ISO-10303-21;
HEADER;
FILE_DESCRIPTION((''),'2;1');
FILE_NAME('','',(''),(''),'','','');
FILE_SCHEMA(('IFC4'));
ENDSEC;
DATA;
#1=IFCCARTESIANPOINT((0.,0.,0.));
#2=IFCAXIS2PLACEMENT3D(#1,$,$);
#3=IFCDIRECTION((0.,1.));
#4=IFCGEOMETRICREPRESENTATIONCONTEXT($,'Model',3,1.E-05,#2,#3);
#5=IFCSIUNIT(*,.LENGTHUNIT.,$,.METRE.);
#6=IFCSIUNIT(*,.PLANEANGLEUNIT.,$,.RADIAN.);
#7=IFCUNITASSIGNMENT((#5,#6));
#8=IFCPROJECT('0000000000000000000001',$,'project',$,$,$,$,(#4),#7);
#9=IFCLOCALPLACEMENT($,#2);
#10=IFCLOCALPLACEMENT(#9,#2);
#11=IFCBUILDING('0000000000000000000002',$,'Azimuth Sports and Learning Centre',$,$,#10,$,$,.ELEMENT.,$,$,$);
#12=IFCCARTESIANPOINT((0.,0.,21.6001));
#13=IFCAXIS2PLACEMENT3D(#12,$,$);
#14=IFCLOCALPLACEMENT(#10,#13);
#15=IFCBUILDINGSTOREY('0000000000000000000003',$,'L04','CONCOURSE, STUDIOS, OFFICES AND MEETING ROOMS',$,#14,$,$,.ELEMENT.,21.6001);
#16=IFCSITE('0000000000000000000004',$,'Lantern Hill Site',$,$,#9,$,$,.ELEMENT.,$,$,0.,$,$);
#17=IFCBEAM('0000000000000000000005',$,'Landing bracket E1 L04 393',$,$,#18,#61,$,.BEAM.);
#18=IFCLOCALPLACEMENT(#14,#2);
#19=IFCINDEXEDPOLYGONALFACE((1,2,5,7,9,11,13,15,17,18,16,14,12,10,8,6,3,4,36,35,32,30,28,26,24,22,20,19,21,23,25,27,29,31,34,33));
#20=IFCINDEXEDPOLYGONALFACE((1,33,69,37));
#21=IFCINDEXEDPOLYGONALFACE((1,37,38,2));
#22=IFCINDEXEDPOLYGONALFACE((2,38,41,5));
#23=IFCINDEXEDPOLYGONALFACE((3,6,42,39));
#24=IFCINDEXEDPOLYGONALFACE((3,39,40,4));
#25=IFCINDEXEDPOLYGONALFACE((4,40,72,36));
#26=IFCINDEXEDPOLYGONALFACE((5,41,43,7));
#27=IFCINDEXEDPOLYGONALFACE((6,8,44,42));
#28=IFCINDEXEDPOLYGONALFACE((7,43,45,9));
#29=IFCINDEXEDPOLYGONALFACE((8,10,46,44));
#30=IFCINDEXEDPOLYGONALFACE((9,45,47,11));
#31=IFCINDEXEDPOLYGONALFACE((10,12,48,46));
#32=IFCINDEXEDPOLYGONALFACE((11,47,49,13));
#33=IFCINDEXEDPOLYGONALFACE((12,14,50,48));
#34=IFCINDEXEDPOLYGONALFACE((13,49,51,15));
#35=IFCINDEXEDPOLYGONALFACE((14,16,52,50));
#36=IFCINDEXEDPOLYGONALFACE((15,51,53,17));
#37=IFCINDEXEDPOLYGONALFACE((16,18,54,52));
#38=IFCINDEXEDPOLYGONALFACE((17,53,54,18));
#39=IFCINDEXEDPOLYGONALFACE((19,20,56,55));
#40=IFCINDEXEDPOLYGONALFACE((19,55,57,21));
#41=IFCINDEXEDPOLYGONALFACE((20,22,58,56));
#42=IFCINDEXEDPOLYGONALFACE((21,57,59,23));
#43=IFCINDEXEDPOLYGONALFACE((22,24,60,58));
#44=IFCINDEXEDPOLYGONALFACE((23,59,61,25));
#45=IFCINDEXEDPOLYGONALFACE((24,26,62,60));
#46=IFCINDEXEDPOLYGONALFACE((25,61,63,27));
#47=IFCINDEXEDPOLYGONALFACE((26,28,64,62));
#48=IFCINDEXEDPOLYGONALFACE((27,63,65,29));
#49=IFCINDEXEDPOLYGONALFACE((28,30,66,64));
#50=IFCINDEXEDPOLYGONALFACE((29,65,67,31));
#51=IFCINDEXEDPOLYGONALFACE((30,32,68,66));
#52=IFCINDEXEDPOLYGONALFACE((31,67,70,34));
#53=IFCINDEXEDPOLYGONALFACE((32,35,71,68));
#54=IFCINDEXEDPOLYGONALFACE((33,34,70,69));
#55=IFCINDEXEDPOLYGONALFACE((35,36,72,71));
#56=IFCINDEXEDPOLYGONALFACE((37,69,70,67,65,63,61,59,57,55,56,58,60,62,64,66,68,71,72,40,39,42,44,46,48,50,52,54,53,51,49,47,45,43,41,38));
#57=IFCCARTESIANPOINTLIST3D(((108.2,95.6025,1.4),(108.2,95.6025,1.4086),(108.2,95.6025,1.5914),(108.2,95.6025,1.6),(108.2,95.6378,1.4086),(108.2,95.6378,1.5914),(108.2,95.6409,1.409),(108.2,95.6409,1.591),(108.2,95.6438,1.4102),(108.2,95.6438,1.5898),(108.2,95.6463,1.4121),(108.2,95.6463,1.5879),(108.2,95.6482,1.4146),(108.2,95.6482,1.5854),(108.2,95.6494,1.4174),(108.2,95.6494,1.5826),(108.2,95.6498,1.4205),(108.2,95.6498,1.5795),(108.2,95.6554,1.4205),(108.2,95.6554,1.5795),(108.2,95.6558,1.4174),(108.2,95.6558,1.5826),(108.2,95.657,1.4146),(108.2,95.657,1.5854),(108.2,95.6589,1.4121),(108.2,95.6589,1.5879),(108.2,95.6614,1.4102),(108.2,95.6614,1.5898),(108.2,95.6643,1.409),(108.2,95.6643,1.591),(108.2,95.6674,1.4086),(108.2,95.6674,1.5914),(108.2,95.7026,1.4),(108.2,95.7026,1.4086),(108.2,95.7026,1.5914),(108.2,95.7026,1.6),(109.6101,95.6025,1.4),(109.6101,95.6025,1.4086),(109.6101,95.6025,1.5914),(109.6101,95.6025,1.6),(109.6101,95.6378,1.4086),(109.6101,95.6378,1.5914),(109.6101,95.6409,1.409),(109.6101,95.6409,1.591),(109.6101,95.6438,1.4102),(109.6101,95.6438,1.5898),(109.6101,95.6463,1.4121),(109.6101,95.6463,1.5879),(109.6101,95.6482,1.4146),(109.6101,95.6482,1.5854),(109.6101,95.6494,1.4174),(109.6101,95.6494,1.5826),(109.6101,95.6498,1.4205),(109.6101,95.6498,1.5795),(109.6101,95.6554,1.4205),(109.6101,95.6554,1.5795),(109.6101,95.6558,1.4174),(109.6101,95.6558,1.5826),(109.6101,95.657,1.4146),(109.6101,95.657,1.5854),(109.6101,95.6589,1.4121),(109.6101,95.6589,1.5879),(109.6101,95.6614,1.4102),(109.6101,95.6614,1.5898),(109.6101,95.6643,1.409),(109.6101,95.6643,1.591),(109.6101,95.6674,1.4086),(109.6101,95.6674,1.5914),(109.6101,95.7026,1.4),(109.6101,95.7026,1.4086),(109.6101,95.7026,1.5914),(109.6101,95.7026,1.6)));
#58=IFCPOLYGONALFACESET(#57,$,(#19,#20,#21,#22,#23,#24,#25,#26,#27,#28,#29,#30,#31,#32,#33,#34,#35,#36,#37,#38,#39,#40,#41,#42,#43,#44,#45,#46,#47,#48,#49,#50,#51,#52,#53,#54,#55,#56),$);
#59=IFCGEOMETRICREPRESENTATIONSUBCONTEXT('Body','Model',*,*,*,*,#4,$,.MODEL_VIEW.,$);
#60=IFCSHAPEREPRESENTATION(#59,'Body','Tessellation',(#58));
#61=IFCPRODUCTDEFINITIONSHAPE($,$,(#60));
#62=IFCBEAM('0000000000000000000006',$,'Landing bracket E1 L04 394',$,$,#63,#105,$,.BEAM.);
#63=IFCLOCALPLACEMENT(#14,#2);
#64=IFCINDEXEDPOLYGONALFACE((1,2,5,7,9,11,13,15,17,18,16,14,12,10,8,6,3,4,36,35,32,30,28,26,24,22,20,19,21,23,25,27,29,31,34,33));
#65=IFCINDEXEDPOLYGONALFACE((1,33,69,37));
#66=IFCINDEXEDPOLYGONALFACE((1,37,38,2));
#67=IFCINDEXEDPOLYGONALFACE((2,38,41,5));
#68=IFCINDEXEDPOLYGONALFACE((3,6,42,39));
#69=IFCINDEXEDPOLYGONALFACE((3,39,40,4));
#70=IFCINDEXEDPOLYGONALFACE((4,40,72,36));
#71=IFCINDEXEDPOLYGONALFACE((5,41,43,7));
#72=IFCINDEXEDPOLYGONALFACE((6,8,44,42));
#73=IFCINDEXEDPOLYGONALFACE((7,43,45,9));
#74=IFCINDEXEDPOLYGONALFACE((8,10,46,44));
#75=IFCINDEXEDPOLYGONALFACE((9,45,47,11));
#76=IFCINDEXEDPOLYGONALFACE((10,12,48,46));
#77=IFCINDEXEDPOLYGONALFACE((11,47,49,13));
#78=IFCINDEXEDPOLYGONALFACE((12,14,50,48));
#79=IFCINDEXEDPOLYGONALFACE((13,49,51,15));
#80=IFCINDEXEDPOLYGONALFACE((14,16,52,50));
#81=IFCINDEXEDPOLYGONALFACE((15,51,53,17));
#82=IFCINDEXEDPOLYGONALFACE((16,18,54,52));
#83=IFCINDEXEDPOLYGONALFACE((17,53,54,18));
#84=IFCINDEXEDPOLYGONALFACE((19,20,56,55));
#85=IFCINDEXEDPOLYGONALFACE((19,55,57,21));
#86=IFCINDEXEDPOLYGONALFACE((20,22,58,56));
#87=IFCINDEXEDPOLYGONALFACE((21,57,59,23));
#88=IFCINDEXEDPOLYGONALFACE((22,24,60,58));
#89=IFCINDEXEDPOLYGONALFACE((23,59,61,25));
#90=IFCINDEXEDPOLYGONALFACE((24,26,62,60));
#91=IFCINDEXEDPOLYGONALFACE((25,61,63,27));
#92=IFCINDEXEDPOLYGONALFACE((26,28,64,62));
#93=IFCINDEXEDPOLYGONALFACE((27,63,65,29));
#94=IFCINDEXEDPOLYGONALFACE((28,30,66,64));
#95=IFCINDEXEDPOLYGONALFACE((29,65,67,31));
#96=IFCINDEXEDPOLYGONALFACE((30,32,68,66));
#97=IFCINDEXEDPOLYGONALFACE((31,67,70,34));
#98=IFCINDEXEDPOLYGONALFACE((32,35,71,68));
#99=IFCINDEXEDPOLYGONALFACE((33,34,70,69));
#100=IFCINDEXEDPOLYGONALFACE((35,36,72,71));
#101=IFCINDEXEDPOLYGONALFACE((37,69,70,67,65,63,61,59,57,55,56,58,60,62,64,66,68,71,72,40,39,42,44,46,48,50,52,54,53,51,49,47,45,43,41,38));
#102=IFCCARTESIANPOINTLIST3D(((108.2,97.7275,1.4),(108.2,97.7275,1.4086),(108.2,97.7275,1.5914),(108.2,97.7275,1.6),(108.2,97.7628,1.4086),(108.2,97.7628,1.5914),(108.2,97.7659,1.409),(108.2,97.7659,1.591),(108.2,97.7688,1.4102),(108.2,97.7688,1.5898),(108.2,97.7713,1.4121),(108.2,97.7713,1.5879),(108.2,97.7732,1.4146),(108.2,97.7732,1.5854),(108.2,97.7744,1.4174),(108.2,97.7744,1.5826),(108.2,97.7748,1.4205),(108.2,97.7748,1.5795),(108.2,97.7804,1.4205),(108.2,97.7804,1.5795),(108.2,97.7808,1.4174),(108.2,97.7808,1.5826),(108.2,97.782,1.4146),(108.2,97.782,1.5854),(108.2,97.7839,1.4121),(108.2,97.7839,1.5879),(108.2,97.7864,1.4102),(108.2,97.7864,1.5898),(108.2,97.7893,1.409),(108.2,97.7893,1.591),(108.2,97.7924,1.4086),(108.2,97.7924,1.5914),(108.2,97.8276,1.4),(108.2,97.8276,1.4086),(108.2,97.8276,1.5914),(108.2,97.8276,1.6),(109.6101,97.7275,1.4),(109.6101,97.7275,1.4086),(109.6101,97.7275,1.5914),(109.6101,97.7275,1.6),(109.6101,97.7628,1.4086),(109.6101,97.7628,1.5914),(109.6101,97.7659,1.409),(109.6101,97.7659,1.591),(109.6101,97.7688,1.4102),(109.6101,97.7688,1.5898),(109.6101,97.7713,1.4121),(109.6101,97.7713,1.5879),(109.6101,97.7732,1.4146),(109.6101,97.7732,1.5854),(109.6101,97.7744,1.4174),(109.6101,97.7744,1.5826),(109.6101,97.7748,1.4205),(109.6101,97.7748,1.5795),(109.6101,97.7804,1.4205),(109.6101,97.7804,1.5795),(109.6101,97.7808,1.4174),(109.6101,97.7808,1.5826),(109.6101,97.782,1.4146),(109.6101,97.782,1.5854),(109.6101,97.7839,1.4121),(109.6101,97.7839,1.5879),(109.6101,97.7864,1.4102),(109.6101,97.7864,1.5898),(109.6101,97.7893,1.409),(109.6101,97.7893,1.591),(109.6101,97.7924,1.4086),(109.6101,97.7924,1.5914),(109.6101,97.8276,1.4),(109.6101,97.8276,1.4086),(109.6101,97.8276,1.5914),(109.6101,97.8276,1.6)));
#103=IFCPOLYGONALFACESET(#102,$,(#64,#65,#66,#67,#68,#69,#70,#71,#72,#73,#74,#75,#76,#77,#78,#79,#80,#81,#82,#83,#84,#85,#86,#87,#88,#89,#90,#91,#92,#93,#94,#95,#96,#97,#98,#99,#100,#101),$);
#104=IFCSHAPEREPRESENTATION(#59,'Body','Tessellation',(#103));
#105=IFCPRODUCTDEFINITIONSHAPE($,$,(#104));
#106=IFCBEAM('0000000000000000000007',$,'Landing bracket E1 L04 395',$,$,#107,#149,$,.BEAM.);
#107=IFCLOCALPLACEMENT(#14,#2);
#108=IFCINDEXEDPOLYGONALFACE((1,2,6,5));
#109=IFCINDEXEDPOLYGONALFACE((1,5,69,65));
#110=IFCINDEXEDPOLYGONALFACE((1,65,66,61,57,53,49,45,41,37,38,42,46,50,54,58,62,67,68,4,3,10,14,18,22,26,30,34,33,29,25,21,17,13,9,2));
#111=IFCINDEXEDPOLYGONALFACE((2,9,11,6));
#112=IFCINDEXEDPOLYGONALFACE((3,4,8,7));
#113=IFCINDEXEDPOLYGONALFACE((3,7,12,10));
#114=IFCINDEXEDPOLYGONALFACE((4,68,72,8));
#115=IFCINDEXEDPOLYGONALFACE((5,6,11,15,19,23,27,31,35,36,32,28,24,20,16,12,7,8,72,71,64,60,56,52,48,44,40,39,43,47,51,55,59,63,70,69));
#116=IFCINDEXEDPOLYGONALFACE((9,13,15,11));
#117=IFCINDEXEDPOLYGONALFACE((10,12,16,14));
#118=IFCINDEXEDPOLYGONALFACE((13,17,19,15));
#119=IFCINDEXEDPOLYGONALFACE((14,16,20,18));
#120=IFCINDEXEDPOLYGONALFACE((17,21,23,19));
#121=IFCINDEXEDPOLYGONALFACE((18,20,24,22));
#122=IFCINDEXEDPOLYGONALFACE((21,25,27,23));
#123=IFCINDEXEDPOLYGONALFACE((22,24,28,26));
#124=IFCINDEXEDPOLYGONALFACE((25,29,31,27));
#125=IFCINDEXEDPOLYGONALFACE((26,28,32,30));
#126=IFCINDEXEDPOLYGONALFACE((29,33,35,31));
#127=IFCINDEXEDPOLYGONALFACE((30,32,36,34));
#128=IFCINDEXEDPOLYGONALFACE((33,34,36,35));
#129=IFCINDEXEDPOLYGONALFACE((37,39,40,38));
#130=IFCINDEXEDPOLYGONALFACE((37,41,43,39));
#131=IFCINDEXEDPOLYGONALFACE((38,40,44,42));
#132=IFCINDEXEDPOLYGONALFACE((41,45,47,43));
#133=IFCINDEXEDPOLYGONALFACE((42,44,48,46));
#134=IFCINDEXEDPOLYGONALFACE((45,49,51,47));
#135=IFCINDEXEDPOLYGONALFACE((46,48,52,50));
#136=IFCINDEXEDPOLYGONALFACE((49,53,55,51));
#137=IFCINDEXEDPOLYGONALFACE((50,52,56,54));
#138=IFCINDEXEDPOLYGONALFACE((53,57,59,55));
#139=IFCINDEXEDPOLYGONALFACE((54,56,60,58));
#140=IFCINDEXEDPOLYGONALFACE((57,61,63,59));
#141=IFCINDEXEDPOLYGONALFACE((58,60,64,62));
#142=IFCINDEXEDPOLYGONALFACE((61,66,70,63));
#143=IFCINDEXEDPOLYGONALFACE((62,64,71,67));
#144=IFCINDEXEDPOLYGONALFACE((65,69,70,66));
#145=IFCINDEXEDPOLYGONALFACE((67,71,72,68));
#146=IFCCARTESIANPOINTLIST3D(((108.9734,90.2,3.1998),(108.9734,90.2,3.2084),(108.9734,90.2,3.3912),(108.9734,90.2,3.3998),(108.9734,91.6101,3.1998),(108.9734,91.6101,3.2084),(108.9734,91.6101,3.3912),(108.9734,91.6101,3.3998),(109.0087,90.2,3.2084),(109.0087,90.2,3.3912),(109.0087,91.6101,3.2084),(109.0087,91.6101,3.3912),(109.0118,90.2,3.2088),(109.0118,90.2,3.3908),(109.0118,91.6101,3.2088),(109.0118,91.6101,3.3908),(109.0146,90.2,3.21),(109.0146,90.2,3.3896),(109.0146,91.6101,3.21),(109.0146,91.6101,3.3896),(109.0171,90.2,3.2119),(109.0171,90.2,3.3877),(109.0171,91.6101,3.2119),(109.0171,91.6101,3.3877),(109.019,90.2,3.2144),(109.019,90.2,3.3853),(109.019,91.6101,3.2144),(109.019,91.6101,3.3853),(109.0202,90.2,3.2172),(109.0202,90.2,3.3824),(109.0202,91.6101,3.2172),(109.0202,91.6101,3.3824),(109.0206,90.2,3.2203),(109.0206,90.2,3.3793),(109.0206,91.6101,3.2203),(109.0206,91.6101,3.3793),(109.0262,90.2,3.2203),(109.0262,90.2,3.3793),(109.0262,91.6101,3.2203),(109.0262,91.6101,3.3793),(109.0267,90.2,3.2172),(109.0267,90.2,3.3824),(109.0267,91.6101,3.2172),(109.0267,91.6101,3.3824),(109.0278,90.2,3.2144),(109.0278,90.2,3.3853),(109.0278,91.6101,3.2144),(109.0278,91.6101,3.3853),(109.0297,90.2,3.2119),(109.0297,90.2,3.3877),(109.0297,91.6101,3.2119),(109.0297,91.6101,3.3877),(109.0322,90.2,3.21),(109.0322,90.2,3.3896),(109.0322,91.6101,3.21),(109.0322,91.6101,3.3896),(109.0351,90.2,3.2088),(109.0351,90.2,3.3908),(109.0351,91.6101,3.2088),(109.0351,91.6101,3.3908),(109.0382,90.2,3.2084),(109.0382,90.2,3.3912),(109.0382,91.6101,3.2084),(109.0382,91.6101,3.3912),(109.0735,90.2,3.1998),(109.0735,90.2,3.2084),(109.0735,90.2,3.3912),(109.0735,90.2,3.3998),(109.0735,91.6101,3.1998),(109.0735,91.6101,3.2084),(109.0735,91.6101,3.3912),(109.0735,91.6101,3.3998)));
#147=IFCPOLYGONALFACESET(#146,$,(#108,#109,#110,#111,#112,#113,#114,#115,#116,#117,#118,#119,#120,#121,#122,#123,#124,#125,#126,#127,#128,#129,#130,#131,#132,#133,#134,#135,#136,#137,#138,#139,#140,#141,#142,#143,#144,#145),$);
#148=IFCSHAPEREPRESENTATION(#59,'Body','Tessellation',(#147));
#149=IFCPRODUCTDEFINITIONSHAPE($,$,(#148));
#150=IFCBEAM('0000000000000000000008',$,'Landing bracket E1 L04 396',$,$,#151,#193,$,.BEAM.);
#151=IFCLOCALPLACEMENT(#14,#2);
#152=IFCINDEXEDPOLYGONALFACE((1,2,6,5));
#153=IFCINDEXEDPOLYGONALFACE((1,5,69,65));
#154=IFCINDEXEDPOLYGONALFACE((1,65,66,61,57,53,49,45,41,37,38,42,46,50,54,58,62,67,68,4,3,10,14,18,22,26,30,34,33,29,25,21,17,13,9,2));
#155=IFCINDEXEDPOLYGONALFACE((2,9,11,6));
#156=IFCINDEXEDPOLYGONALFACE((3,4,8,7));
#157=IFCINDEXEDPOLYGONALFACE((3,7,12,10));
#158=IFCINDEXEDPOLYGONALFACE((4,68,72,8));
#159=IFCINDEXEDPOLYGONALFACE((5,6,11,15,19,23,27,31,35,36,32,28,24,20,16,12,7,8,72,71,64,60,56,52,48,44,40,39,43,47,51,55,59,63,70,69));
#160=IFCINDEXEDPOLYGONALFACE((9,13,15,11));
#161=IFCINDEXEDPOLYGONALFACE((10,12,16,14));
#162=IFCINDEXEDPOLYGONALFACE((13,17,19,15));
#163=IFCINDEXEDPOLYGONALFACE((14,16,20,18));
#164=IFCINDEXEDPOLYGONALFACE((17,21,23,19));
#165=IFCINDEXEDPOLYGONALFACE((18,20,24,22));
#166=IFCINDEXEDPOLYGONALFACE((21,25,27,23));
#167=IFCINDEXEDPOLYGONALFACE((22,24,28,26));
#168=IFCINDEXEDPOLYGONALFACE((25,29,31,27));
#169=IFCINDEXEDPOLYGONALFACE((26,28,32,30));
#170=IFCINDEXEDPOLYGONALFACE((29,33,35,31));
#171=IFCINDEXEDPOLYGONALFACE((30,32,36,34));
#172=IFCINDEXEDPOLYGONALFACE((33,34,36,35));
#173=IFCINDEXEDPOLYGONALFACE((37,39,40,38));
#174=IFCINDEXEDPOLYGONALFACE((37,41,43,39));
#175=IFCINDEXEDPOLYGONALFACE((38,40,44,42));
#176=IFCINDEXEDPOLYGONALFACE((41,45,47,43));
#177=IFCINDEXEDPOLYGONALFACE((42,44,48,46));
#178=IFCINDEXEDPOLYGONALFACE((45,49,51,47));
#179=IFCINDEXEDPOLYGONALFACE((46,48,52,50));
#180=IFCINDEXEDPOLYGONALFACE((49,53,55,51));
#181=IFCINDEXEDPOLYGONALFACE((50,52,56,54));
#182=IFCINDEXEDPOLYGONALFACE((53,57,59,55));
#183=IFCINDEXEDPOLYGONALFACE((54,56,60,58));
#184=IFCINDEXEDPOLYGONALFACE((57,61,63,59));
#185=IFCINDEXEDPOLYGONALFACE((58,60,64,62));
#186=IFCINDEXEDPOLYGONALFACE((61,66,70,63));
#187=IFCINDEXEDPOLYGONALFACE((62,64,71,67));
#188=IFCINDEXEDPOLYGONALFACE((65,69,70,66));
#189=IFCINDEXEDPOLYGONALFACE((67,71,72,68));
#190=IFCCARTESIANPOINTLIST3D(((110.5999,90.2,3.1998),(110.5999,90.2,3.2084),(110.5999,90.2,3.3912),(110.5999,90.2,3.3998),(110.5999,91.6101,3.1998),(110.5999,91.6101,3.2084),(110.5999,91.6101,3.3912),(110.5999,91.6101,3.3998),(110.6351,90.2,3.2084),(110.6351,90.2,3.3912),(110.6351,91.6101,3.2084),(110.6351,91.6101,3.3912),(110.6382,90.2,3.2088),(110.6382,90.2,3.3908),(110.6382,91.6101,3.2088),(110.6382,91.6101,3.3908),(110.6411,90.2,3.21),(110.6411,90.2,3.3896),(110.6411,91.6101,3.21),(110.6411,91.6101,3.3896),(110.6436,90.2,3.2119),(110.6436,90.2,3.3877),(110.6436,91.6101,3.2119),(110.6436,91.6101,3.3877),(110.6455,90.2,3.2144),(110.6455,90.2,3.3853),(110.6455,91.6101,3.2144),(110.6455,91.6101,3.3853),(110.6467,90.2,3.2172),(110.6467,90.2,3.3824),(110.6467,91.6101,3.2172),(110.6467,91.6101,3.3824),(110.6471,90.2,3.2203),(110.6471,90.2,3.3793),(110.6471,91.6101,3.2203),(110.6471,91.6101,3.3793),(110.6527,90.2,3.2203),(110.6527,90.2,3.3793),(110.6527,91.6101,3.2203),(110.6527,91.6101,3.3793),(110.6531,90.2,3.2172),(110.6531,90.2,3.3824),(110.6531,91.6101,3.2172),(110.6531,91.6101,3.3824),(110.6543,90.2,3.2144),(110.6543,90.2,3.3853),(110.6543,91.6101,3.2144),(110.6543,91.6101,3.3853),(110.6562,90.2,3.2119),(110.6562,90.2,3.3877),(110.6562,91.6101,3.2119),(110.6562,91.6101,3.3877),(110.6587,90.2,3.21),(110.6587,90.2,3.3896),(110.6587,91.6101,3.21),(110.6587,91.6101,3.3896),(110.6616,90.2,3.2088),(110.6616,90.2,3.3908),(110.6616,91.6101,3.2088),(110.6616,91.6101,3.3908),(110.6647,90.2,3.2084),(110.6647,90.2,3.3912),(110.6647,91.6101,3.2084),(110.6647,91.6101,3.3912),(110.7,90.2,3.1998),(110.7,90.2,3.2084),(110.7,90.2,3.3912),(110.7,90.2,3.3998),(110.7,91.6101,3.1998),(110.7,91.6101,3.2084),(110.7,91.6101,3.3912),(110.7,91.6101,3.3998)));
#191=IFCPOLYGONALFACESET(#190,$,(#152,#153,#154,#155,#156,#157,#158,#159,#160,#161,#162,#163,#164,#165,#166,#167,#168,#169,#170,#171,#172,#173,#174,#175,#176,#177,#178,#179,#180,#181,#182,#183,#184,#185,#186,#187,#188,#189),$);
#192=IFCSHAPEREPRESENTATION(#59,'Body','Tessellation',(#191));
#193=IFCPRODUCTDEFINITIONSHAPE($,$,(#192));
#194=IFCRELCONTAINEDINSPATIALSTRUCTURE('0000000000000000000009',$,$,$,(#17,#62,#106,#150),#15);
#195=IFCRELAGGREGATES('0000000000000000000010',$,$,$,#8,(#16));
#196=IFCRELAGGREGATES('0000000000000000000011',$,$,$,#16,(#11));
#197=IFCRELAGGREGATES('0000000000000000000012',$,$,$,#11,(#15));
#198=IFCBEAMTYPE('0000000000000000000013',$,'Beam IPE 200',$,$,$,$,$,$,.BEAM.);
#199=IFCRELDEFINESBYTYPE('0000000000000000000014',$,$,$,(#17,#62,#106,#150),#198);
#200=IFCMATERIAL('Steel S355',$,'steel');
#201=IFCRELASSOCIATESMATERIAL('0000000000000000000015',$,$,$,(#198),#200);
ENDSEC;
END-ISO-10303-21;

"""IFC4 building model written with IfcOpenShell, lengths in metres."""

from ifc_helpers import new_model, si_unit, direction, frame, origin, origin_2d, place, context, subcontext, project, spatial, i_section, extrude, material, material_profile, profile_set, type_object, element, save


model = new_model("IFC4")

# Units and contexts
model_context = context("Model", 3, precision=1e-05, world=origin(), true_north=direction((0.0, 1.0)))
body_context = subcontext(model_context, "Body", "Model", "MODEL_VIEW")
ifc_project = project(units=[si_unit("LENGTHUNIT", "METRE"), si_unit("PLANEANGLEUNIT", "RADIAN")], contexts=[model_context])

# Site, building, storey
site_placement = place(None, origin())
site = spatial("IfcSite", under=ifc_project, at=site_placement, Name="Lantern Hill Site", CompositionType="ELEMENT", RefElevation=0.0)
building_placement = place(site_placement, origin())
building = spatial("IfcBuilding", under=site, at=building_placement, Name="Azimuth Sports and Learning Centre", CompositionType="ELEMENT")
storey_placement = place(building_placement, frame((0.0, 0.0, 21.6001)))
storey = spatial("IfcBuildingStorey", under=building, at=storey_placement, Name="L04", Description="CONCOURSE, STUDIOS, OFFICES AND MEETING ROOMS", CompositionType="ELEMENT", Elevation=21.6001)

# Beams
ifc_material_1 = material(Name="Steel S355", Category="steel")
ifc_material_profile = material_profile(ifc_material_1, i_section(OverallWidth=0.1001, OverallDepth=0.2, WebThickness=0.0056, FlangeThickness=0.0085, FilletRadius=0.012, at=origin_2d()), Name="IPE 200")
ifc_profile_set = profile_set([ifc_material_profile], Name="Steel S355")
beam_type = type_object("IfcBeamType", Name="Beam IPE 200", PredefinedType="BEAM", material=ifc_profile_set)
for number, where, z_axis, x_axis, name in (
    (1, (108.2, 95.6526, 1.5), (1.0, 0.0, 0.0), (0.0, 1.0, 0.0), "Landing bracket E1 L04 393"),
    (2, (108.2, 97.7776, 1.5), (1.0, 0.0, 0.0), (0.0, 1.0, 0.0), "Landing bracket E1 L04 394"),
    (3, (109.0234, 90.2, 3.2998), (0.0, 1.0, 0.0), (-1.0, 0.0, 0.0), "Landing bracket E1 L04 395"),
    (4, (110.6499, 90.2, 3.2998), (0.0, 1.0, 0.0), (-1.0, 0.0, 0.0), "Landing bracket E1 L04 396"),
):
    element("IfcBeam", number, at=place(storey_placement, frame(where, z_axis=z_axis, x_axis=x_axis)), inside=storey, type_object=beam_type, Name=name, PredefinedType="BEAM", context=body_context, shape_type="SweptSolid", body=[
        extrude(i_section(OverallWidth=0.1001, OverallDepth=0.2, WebThickness=0.0056, FlangeThickness=0.0085, FilletRadius=0.012, at=origin_2d()), origin(), (0.0, 0.0, 1.0), 1.4102),
    ])

save(model, "model.ifc")
